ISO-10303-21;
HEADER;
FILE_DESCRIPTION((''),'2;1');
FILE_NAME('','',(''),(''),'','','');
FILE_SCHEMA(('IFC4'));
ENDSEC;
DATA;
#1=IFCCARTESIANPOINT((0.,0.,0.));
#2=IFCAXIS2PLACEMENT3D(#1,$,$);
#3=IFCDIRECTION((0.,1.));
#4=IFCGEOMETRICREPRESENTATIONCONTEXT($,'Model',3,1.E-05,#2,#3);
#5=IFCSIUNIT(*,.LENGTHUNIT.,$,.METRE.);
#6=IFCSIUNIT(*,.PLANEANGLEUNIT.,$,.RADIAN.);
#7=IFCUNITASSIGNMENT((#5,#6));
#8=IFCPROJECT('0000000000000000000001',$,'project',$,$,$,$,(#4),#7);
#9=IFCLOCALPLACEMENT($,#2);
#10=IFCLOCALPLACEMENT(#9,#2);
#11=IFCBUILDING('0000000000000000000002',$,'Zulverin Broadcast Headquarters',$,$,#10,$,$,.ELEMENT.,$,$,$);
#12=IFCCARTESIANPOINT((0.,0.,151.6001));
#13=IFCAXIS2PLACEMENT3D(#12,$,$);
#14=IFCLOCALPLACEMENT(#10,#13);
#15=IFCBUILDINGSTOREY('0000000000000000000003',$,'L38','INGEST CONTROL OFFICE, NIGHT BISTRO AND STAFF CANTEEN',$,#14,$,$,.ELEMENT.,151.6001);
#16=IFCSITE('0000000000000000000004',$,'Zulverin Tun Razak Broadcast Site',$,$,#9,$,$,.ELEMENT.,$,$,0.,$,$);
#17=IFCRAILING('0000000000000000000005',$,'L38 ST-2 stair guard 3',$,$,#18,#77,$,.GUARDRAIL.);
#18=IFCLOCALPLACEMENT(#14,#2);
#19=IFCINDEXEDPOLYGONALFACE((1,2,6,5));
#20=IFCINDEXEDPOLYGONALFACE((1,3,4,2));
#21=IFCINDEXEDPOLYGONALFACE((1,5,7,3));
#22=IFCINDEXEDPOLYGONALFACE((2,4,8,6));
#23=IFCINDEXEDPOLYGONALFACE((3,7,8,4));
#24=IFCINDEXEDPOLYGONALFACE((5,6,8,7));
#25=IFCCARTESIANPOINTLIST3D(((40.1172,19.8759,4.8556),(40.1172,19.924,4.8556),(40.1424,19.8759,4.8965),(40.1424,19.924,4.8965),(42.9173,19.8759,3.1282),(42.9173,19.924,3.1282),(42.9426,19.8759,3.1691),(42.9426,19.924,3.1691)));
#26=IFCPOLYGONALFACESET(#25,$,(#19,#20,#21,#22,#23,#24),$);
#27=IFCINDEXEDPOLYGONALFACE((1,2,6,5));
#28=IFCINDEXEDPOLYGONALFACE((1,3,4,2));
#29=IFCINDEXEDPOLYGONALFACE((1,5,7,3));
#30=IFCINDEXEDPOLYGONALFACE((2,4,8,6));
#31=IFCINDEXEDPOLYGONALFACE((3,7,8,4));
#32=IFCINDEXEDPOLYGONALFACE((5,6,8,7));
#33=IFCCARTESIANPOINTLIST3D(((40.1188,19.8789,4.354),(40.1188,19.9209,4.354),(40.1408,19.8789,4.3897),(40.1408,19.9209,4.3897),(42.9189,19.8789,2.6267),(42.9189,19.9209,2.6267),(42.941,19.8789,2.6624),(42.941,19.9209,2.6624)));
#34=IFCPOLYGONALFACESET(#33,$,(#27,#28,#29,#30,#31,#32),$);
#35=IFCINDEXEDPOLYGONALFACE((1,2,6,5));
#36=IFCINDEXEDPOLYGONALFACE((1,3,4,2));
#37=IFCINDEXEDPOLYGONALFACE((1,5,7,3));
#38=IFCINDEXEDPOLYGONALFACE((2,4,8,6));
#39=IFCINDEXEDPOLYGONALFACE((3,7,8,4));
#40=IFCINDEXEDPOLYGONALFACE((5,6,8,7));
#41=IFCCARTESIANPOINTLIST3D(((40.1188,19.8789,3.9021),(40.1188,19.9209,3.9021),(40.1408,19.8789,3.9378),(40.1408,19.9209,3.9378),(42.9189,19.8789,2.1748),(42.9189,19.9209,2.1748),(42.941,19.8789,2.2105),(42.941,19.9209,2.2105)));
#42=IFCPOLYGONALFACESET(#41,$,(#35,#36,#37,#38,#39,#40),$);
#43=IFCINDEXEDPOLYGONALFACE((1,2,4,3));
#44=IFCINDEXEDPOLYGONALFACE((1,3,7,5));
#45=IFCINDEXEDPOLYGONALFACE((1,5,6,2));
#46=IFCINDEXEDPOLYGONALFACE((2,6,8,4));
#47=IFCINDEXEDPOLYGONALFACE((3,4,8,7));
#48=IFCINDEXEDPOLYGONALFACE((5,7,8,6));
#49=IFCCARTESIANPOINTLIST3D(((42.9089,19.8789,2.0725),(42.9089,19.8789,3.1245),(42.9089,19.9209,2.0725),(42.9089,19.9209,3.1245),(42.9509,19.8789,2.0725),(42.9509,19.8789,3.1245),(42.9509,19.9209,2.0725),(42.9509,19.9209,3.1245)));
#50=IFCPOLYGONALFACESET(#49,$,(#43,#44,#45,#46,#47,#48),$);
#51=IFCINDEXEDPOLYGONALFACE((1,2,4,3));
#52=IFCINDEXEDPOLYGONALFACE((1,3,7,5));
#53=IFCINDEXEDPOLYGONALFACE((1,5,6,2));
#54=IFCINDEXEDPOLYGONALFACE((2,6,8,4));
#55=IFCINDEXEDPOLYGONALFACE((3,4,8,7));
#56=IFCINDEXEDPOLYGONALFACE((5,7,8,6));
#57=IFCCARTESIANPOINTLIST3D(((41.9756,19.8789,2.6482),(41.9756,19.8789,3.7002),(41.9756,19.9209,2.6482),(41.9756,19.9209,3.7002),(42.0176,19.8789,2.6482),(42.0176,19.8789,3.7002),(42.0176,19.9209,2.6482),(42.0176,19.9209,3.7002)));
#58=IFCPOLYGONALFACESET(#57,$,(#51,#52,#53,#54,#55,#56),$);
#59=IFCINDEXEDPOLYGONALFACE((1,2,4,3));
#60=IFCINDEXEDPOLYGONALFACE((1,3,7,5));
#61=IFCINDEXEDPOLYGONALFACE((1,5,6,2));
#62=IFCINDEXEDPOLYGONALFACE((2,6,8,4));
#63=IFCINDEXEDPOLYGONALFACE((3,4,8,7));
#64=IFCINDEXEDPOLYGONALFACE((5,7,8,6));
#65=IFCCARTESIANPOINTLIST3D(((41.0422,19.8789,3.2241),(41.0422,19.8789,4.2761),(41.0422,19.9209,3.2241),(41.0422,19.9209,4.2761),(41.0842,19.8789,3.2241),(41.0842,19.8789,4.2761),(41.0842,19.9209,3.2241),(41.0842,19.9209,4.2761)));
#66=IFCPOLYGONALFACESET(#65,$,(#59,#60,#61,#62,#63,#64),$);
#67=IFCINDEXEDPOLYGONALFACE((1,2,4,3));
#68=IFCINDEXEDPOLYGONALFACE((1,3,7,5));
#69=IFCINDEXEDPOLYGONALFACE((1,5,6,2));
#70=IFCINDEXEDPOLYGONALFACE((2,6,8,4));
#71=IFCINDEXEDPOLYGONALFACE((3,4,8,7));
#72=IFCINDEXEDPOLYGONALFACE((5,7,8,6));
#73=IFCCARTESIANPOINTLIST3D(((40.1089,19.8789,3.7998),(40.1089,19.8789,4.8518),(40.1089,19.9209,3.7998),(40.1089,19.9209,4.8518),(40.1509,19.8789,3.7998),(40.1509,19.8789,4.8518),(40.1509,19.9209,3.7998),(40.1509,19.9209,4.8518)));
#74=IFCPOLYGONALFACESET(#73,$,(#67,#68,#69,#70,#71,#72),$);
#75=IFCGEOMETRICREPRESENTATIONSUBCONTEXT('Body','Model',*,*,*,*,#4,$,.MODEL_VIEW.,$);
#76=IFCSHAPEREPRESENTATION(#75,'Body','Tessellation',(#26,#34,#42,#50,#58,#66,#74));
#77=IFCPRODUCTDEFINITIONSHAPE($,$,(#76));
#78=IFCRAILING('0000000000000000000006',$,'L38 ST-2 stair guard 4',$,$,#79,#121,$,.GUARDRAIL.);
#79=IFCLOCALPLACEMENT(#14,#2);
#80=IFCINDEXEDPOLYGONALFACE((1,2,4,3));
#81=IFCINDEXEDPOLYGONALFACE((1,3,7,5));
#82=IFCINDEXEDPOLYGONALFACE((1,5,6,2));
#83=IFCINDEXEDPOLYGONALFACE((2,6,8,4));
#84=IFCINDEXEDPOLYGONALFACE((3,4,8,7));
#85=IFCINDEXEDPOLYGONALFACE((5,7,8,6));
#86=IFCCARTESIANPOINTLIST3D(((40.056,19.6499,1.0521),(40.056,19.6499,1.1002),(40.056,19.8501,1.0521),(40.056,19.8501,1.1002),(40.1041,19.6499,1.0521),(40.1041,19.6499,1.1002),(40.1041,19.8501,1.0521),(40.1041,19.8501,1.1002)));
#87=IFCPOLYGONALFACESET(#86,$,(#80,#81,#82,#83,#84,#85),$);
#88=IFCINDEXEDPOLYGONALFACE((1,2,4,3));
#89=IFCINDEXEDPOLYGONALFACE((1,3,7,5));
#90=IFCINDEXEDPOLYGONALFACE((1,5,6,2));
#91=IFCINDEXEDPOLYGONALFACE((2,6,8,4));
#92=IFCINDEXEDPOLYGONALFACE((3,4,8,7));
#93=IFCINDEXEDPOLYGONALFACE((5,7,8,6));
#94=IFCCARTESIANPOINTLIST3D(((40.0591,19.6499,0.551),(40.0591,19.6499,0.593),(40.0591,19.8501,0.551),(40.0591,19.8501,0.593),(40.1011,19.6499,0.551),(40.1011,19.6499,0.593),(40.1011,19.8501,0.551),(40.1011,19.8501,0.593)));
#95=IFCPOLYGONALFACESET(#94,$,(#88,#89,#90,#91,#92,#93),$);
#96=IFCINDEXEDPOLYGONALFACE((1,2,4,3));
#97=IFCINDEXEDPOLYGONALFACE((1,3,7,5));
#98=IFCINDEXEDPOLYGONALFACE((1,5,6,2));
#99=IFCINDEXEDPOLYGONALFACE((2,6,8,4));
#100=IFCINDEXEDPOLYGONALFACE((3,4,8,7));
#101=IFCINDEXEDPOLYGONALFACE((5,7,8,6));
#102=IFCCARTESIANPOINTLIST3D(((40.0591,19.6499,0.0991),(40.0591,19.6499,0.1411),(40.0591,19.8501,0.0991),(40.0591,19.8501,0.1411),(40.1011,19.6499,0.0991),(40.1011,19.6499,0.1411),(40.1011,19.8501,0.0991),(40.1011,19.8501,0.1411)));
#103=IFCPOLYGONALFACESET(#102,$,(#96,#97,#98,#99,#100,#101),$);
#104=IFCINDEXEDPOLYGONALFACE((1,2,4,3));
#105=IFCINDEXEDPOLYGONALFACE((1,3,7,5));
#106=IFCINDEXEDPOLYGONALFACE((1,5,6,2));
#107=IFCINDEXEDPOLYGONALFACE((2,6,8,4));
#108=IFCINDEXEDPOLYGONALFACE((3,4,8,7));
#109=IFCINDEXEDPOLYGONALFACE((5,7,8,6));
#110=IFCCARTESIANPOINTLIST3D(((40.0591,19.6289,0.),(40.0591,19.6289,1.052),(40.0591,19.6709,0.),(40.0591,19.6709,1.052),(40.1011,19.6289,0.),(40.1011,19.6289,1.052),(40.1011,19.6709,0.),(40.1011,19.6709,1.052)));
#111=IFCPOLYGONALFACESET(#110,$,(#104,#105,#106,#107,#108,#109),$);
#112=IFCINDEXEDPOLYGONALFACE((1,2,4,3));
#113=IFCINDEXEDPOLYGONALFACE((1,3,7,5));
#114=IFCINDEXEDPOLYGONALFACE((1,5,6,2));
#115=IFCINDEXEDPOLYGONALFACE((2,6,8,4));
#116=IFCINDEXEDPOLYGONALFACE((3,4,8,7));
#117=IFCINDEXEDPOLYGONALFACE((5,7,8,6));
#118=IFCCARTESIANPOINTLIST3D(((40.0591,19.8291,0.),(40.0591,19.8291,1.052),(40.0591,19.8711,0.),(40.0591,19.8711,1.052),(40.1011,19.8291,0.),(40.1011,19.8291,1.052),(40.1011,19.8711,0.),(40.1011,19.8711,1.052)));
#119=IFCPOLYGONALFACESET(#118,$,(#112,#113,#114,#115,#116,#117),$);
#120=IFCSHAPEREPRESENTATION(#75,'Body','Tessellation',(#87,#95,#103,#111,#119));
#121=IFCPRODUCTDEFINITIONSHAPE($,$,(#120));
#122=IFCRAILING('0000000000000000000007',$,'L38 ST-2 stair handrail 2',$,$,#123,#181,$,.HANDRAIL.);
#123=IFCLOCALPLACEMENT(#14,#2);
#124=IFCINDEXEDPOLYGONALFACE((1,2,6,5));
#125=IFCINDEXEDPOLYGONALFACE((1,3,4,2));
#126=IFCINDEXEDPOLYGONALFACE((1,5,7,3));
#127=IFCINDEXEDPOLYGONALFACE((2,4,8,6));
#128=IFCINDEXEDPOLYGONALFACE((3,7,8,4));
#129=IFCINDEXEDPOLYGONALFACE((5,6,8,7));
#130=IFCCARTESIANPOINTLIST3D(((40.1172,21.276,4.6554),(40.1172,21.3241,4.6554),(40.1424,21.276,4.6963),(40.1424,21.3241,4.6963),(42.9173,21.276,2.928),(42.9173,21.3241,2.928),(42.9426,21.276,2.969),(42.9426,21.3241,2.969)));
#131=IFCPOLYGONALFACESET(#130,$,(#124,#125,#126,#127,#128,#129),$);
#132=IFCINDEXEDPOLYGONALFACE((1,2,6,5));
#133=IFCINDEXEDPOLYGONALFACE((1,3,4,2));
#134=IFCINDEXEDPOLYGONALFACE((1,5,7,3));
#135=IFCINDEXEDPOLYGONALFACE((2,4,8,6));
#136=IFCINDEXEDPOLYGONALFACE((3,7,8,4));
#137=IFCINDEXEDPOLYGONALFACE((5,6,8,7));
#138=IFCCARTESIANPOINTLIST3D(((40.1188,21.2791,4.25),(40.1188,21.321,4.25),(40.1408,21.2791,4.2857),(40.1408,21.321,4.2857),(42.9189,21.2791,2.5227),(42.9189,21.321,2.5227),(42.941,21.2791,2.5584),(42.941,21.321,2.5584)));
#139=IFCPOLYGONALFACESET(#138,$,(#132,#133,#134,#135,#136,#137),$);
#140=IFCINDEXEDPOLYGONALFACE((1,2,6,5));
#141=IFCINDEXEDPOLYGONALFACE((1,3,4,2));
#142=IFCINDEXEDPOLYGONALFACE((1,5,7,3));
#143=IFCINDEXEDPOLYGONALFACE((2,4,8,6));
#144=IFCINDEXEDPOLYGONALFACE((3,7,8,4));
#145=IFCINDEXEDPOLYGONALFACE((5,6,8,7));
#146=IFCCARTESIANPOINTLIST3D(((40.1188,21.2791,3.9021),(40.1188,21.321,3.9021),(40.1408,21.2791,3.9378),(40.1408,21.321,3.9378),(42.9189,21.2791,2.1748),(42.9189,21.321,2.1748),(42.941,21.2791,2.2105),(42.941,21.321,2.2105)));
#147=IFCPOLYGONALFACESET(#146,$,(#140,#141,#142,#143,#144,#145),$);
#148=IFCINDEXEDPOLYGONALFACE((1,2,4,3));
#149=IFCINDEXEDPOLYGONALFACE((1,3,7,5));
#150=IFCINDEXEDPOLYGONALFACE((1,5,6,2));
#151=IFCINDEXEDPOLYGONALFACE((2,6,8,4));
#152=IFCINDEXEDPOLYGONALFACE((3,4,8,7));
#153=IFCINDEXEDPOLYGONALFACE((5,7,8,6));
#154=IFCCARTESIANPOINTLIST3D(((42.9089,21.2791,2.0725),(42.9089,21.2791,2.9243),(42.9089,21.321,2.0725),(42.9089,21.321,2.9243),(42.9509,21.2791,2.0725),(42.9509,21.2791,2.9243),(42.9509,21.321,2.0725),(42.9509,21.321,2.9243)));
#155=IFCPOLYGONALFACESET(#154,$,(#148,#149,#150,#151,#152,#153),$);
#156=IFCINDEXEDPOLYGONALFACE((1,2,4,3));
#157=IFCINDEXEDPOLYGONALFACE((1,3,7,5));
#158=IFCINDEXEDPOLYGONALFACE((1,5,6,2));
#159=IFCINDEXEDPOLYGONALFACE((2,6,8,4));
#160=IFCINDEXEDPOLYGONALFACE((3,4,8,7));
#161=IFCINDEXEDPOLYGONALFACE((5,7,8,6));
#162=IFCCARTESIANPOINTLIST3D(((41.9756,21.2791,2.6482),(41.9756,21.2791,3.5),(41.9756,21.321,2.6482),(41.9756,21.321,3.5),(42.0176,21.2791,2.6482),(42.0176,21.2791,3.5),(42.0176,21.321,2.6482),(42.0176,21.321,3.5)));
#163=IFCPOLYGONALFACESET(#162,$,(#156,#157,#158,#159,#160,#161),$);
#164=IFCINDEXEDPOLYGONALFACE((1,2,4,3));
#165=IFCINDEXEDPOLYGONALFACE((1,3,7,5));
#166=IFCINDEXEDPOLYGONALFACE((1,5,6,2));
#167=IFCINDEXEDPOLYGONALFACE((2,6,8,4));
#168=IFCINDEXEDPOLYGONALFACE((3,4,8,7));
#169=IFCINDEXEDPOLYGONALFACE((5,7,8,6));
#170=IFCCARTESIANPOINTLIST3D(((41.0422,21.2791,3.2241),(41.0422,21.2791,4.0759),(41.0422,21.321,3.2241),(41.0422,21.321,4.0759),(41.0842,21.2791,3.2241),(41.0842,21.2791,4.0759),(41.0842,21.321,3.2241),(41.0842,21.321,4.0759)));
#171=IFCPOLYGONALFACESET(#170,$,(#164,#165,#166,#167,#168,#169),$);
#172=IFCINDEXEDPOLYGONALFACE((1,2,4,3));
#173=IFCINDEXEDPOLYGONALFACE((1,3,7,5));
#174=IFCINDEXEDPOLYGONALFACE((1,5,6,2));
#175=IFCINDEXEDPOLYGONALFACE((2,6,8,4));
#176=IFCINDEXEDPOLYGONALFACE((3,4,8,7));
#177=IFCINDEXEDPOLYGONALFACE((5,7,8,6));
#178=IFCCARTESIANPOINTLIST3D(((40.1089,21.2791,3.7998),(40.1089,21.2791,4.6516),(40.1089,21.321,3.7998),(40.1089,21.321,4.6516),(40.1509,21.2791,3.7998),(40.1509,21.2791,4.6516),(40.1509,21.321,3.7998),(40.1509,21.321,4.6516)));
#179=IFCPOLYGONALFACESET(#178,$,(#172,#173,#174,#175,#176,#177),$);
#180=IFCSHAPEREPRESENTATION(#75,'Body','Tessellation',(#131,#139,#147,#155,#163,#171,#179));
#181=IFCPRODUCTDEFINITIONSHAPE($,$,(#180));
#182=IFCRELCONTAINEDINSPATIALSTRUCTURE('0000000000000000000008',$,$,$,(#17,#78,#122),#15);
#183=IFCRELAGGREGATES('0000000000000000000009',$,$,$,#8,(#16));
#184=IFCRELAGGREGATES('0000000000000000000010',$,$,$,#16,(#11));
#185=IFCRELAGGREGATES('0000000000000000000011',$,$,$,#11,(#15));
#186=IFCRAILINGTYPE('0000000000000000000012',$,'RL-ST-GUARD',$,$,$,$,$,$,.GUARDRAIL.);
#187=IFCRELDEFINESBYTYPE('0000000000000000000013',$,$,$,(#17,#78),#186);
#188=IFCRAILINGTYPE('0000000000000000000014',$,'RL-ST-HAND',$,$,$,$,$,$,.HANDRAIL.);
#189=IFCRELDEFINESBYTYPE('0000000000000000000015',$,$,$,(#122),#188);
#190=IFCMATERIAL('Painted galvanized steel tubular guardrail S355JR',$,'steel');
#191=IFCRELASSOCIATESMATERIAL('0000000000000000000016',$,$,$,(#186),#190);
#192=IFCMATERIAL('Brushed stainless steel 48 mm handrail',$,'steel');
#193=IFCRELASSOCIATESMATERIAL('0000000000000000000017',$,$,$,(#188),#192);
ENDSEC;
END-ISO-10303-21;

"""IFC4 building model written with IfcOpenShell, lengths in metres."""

from ifc_helpers import new_model, si_unit, direction, frame, origin, origin_2d, place, context, subcontext, project, spatial, rectangle, extrude, material, type_object, element, save


model = new_model("IFC4")

# Units and contexts
model_context = context("Model", 3, precision=1e-05, world=origin(), true_north=direction((0.0, 1.0)))
body_context = subcontext(model_context, "Body", "Model", "MODEL_VIEW")
ifc_project = project(units=[si_unit("LENGTHUNIT", "METRE"), si_unit("PLANEANGLEUNIT", "RADIAN")], contexts=[model_context])

# Site, building, storey
site_placement = place(None, origin())
site = spatial("IfcSite", under=ifc_project, at=site_placement, Name="Zulverin Tun Razak Broadcast Site", CompositionType="ELEMENT", RefElevation=0.0)
building_placement = place(site_placement, origin())
building = spatial("IfcBuilding", under=site, at=building_placement, Name="Zulverin Broadcast Headquarters", CompositionType="ELEMENT")
storey_placement = place(building_placement, frame((0.0, 0.0, 151.6001)))
storey = spatial("IfcBuildingStorey", under=building, at=storey_placement, Name="L38", Description="INGEST CONTROL OFFICE, NIGHT BISTRO AND STAFF CANTEEN", CompositionType="ELEMENT", Elevation=151.6001)

# Railings
ifc_material_1 = material(Name="Painted galvanized steel tubular guardrail S355JR", Category="steel")
railing_type_1 = type_object("IfcRailingType", Name="RL-ST-GUARD", PredefinedType="GUARDRAIL", material=ifc_material_1)
railing_1_placement = place(storey_placement, frame((42.9299, 19.8999, 2.0725)))
element("IfcRailing", 1, at=railing_1_placement, inside=storey, type_object=railing_type_1, Name="L38 ST-2 stair guard 3", PredefinedType="GUARDRAIL", context=body_context, shape_type="SweptSolid", body=[
    extrude(rectangle(XDim=0.0481, YDim=0.0481, at=origin_2d()), frame((0.0, 0.0, 1.0762), z_axis=(-0.85109, 0.0, 0.52502), x_axis=(0.0, -1.0, 0.0)), (0.0, 0.0, 1.0), 3.29),
    extrude(rectangle(XDim=0.042, YDim=0.042, at=origin_2d()), frame((0.0, 0.0, 0.572), z_axis=(-0.85109, 0.0, 0.52502), x_axis=(0.0, -1.0, 0.0)), (0.0, 0.0, 1.0), 3.29),
    extrude(rectangle(XDim=0.042, YDim=0.042, at=origin_2d()), frame((0.0, 0.0, 0.1201), z_axis=(-0.85109, 0.0, 0.52502), x_axis=(0.0, -1.0, 0.0)), (0.0, 0.0, 1.0), 3.29),
    extrude(rectangle(XDim=0.042, YDim=0.042, at=origin_2d()), origin(), (0.0, 0.0, 1.0), 1.052),
    extrude(rectangle(XDim=0.042, YDim=0.042, at=origin_2d()), frame((-0.9333, 0.0, 0.5757)), (0.0, 0.0, 1.0), 1.052),
    extrude(rectangle(XDim=0.042, YDim=0.042, at=origin_2d()), frame((-1.8667, 0.0, 1.1516)), (0.0, 0.0, 1.0), 1.052),
    extrude(rectangle(XDim=0.042, YDim=0.042, at=origin_2d()), frame((-2.8, 0.0, 1.7273)), (0.0, 0.0, 1.0), 1.052),
])
railing_2_placement = place(storey_placement, frame((40.0801, 19.6499, 0.0)))
element("IfcRailing", 2, at=railing_2_placement, inside=storey, type_object=railing_type_1, Name="L38 ST-2 stair guard 4", PredefinedType="GUARDRAIL", context=body_context, shape_type="SweptSolid", body=[
    extrude(rectangle(XDim=0.0481, YDim=0.0481, at=origin_2d()), frame((0.0, 0.0, 1.0762), z_axis=(0.0, 1.0, 0.0), x_axis=(-1.0, 0.0, 0.0)), (0.0, 0.0, 1.0), 0.2002),
    extrude(rectangle(XDim=0.042, YDim=0.042, at=origin_2d()), frame((0.0, 0.0, 0.572), z_axis=(0.0, 1.0, 0.0), x_axis=(-1.0, 0.0, 0.0)), (0.0, 0.0, 1.0), 0.2002),
    extrude(rectangle(XDim=0.042, YDim=0.042, at=origin_2d()), frame((0.0, 0.0, 0.1201), z_axis=(0.0, 1.0, 0.0), x_axis=(-1.0, 0.0, 0.0)), (0.0, 0.0, 1.0), 0.2002),
    extrude(rectangle(XDim=0.042, YDim=0.042, at=origin_2d()), origin(), (0.0, 0.0, 1.0), 1.052),
    extrude(rectangle(XDim=0.042, YDim=0.042, at=origin_2d()), frame((0.0, 0.2002, 0.0)), (0.0, 0.0, 1.0), 1.052),
])
ifc_material_2 = material(Name="Brushed stainless steel 48 mm handrail", Category="steel")
railing_type_2 = type_object("IfcRailingType", Name="RL-ST-HAND", PredefinedType="HANDRAIL", material=ifc_material_2)
railing_3_placement = place(storey_placement, frame((42.9299, 21.3, 2.0725)))
element("IfcRailing", 3, at=railing_3_placement, inside=storey, type_object=railing_type_2, Name="L38 ST-2 stair handrail 2", PredefinedType="HANDRAIL", context=body_context, shape_type="SweptSolid", body=[
    extrude(rectangle(XDim=0.0481, YDim=0.0481, at=origin_2d()), frame((0.0, 0.0, 0.876), z_axis=(-0.85109, 0.0, 0.52502), x_axis=(0.0, -1.0, 0.0)), (0.0, 0.0, 1.0), 3.29),
    extrude(rectangle(XDim=0.042, YDim=0.042, at=origin_2d()), frame((0.0, 0.0, 0.468), z_axis=(-0.85109, 0.0, 0.52502), x_axis=(0.0, -1.0, 0.0)), (0.0, 0.0, 1.0), 3.29),
    extrude(rectangle(XDim=0.042, YDim=0.042, at=origin_2d()), frame((0.0, 0.0, 0.1201), z_axis=(-0.85109, 0.0, 0.52502), x_axis=(0.0, -1.0, 0.0)), (0.0, 0.0, 1.0), 3.29),
    extrude(rectangle(XDim=0.042, YDim=0.042, at=origin_2d()), origin(), (0.0, 0.0, 1.0), 0.8518),
    extrude(rectangle(XDim=0.042, YDim=0.042, at=origin_2d()), frame((-0.9333, 0.0, 0.5757)), (0.0, 0.0, 1.0), 0.8518),
    extrude(rectangle(XDim=0.042, YDim=0.042, at=origin_2d()), frame((-1.8667, 0.0, 1.1516)), (0.0, 0.0, 1.0), 0.8518),
    extrude(rectangle(XDim=0.042, YDim=0.042, at=origin_2d()), frame((-2.8, 0.0, 1.7273)), (0.0, 0.0, 1.0), 0.8518),
])

save(model, "model.ifc")
